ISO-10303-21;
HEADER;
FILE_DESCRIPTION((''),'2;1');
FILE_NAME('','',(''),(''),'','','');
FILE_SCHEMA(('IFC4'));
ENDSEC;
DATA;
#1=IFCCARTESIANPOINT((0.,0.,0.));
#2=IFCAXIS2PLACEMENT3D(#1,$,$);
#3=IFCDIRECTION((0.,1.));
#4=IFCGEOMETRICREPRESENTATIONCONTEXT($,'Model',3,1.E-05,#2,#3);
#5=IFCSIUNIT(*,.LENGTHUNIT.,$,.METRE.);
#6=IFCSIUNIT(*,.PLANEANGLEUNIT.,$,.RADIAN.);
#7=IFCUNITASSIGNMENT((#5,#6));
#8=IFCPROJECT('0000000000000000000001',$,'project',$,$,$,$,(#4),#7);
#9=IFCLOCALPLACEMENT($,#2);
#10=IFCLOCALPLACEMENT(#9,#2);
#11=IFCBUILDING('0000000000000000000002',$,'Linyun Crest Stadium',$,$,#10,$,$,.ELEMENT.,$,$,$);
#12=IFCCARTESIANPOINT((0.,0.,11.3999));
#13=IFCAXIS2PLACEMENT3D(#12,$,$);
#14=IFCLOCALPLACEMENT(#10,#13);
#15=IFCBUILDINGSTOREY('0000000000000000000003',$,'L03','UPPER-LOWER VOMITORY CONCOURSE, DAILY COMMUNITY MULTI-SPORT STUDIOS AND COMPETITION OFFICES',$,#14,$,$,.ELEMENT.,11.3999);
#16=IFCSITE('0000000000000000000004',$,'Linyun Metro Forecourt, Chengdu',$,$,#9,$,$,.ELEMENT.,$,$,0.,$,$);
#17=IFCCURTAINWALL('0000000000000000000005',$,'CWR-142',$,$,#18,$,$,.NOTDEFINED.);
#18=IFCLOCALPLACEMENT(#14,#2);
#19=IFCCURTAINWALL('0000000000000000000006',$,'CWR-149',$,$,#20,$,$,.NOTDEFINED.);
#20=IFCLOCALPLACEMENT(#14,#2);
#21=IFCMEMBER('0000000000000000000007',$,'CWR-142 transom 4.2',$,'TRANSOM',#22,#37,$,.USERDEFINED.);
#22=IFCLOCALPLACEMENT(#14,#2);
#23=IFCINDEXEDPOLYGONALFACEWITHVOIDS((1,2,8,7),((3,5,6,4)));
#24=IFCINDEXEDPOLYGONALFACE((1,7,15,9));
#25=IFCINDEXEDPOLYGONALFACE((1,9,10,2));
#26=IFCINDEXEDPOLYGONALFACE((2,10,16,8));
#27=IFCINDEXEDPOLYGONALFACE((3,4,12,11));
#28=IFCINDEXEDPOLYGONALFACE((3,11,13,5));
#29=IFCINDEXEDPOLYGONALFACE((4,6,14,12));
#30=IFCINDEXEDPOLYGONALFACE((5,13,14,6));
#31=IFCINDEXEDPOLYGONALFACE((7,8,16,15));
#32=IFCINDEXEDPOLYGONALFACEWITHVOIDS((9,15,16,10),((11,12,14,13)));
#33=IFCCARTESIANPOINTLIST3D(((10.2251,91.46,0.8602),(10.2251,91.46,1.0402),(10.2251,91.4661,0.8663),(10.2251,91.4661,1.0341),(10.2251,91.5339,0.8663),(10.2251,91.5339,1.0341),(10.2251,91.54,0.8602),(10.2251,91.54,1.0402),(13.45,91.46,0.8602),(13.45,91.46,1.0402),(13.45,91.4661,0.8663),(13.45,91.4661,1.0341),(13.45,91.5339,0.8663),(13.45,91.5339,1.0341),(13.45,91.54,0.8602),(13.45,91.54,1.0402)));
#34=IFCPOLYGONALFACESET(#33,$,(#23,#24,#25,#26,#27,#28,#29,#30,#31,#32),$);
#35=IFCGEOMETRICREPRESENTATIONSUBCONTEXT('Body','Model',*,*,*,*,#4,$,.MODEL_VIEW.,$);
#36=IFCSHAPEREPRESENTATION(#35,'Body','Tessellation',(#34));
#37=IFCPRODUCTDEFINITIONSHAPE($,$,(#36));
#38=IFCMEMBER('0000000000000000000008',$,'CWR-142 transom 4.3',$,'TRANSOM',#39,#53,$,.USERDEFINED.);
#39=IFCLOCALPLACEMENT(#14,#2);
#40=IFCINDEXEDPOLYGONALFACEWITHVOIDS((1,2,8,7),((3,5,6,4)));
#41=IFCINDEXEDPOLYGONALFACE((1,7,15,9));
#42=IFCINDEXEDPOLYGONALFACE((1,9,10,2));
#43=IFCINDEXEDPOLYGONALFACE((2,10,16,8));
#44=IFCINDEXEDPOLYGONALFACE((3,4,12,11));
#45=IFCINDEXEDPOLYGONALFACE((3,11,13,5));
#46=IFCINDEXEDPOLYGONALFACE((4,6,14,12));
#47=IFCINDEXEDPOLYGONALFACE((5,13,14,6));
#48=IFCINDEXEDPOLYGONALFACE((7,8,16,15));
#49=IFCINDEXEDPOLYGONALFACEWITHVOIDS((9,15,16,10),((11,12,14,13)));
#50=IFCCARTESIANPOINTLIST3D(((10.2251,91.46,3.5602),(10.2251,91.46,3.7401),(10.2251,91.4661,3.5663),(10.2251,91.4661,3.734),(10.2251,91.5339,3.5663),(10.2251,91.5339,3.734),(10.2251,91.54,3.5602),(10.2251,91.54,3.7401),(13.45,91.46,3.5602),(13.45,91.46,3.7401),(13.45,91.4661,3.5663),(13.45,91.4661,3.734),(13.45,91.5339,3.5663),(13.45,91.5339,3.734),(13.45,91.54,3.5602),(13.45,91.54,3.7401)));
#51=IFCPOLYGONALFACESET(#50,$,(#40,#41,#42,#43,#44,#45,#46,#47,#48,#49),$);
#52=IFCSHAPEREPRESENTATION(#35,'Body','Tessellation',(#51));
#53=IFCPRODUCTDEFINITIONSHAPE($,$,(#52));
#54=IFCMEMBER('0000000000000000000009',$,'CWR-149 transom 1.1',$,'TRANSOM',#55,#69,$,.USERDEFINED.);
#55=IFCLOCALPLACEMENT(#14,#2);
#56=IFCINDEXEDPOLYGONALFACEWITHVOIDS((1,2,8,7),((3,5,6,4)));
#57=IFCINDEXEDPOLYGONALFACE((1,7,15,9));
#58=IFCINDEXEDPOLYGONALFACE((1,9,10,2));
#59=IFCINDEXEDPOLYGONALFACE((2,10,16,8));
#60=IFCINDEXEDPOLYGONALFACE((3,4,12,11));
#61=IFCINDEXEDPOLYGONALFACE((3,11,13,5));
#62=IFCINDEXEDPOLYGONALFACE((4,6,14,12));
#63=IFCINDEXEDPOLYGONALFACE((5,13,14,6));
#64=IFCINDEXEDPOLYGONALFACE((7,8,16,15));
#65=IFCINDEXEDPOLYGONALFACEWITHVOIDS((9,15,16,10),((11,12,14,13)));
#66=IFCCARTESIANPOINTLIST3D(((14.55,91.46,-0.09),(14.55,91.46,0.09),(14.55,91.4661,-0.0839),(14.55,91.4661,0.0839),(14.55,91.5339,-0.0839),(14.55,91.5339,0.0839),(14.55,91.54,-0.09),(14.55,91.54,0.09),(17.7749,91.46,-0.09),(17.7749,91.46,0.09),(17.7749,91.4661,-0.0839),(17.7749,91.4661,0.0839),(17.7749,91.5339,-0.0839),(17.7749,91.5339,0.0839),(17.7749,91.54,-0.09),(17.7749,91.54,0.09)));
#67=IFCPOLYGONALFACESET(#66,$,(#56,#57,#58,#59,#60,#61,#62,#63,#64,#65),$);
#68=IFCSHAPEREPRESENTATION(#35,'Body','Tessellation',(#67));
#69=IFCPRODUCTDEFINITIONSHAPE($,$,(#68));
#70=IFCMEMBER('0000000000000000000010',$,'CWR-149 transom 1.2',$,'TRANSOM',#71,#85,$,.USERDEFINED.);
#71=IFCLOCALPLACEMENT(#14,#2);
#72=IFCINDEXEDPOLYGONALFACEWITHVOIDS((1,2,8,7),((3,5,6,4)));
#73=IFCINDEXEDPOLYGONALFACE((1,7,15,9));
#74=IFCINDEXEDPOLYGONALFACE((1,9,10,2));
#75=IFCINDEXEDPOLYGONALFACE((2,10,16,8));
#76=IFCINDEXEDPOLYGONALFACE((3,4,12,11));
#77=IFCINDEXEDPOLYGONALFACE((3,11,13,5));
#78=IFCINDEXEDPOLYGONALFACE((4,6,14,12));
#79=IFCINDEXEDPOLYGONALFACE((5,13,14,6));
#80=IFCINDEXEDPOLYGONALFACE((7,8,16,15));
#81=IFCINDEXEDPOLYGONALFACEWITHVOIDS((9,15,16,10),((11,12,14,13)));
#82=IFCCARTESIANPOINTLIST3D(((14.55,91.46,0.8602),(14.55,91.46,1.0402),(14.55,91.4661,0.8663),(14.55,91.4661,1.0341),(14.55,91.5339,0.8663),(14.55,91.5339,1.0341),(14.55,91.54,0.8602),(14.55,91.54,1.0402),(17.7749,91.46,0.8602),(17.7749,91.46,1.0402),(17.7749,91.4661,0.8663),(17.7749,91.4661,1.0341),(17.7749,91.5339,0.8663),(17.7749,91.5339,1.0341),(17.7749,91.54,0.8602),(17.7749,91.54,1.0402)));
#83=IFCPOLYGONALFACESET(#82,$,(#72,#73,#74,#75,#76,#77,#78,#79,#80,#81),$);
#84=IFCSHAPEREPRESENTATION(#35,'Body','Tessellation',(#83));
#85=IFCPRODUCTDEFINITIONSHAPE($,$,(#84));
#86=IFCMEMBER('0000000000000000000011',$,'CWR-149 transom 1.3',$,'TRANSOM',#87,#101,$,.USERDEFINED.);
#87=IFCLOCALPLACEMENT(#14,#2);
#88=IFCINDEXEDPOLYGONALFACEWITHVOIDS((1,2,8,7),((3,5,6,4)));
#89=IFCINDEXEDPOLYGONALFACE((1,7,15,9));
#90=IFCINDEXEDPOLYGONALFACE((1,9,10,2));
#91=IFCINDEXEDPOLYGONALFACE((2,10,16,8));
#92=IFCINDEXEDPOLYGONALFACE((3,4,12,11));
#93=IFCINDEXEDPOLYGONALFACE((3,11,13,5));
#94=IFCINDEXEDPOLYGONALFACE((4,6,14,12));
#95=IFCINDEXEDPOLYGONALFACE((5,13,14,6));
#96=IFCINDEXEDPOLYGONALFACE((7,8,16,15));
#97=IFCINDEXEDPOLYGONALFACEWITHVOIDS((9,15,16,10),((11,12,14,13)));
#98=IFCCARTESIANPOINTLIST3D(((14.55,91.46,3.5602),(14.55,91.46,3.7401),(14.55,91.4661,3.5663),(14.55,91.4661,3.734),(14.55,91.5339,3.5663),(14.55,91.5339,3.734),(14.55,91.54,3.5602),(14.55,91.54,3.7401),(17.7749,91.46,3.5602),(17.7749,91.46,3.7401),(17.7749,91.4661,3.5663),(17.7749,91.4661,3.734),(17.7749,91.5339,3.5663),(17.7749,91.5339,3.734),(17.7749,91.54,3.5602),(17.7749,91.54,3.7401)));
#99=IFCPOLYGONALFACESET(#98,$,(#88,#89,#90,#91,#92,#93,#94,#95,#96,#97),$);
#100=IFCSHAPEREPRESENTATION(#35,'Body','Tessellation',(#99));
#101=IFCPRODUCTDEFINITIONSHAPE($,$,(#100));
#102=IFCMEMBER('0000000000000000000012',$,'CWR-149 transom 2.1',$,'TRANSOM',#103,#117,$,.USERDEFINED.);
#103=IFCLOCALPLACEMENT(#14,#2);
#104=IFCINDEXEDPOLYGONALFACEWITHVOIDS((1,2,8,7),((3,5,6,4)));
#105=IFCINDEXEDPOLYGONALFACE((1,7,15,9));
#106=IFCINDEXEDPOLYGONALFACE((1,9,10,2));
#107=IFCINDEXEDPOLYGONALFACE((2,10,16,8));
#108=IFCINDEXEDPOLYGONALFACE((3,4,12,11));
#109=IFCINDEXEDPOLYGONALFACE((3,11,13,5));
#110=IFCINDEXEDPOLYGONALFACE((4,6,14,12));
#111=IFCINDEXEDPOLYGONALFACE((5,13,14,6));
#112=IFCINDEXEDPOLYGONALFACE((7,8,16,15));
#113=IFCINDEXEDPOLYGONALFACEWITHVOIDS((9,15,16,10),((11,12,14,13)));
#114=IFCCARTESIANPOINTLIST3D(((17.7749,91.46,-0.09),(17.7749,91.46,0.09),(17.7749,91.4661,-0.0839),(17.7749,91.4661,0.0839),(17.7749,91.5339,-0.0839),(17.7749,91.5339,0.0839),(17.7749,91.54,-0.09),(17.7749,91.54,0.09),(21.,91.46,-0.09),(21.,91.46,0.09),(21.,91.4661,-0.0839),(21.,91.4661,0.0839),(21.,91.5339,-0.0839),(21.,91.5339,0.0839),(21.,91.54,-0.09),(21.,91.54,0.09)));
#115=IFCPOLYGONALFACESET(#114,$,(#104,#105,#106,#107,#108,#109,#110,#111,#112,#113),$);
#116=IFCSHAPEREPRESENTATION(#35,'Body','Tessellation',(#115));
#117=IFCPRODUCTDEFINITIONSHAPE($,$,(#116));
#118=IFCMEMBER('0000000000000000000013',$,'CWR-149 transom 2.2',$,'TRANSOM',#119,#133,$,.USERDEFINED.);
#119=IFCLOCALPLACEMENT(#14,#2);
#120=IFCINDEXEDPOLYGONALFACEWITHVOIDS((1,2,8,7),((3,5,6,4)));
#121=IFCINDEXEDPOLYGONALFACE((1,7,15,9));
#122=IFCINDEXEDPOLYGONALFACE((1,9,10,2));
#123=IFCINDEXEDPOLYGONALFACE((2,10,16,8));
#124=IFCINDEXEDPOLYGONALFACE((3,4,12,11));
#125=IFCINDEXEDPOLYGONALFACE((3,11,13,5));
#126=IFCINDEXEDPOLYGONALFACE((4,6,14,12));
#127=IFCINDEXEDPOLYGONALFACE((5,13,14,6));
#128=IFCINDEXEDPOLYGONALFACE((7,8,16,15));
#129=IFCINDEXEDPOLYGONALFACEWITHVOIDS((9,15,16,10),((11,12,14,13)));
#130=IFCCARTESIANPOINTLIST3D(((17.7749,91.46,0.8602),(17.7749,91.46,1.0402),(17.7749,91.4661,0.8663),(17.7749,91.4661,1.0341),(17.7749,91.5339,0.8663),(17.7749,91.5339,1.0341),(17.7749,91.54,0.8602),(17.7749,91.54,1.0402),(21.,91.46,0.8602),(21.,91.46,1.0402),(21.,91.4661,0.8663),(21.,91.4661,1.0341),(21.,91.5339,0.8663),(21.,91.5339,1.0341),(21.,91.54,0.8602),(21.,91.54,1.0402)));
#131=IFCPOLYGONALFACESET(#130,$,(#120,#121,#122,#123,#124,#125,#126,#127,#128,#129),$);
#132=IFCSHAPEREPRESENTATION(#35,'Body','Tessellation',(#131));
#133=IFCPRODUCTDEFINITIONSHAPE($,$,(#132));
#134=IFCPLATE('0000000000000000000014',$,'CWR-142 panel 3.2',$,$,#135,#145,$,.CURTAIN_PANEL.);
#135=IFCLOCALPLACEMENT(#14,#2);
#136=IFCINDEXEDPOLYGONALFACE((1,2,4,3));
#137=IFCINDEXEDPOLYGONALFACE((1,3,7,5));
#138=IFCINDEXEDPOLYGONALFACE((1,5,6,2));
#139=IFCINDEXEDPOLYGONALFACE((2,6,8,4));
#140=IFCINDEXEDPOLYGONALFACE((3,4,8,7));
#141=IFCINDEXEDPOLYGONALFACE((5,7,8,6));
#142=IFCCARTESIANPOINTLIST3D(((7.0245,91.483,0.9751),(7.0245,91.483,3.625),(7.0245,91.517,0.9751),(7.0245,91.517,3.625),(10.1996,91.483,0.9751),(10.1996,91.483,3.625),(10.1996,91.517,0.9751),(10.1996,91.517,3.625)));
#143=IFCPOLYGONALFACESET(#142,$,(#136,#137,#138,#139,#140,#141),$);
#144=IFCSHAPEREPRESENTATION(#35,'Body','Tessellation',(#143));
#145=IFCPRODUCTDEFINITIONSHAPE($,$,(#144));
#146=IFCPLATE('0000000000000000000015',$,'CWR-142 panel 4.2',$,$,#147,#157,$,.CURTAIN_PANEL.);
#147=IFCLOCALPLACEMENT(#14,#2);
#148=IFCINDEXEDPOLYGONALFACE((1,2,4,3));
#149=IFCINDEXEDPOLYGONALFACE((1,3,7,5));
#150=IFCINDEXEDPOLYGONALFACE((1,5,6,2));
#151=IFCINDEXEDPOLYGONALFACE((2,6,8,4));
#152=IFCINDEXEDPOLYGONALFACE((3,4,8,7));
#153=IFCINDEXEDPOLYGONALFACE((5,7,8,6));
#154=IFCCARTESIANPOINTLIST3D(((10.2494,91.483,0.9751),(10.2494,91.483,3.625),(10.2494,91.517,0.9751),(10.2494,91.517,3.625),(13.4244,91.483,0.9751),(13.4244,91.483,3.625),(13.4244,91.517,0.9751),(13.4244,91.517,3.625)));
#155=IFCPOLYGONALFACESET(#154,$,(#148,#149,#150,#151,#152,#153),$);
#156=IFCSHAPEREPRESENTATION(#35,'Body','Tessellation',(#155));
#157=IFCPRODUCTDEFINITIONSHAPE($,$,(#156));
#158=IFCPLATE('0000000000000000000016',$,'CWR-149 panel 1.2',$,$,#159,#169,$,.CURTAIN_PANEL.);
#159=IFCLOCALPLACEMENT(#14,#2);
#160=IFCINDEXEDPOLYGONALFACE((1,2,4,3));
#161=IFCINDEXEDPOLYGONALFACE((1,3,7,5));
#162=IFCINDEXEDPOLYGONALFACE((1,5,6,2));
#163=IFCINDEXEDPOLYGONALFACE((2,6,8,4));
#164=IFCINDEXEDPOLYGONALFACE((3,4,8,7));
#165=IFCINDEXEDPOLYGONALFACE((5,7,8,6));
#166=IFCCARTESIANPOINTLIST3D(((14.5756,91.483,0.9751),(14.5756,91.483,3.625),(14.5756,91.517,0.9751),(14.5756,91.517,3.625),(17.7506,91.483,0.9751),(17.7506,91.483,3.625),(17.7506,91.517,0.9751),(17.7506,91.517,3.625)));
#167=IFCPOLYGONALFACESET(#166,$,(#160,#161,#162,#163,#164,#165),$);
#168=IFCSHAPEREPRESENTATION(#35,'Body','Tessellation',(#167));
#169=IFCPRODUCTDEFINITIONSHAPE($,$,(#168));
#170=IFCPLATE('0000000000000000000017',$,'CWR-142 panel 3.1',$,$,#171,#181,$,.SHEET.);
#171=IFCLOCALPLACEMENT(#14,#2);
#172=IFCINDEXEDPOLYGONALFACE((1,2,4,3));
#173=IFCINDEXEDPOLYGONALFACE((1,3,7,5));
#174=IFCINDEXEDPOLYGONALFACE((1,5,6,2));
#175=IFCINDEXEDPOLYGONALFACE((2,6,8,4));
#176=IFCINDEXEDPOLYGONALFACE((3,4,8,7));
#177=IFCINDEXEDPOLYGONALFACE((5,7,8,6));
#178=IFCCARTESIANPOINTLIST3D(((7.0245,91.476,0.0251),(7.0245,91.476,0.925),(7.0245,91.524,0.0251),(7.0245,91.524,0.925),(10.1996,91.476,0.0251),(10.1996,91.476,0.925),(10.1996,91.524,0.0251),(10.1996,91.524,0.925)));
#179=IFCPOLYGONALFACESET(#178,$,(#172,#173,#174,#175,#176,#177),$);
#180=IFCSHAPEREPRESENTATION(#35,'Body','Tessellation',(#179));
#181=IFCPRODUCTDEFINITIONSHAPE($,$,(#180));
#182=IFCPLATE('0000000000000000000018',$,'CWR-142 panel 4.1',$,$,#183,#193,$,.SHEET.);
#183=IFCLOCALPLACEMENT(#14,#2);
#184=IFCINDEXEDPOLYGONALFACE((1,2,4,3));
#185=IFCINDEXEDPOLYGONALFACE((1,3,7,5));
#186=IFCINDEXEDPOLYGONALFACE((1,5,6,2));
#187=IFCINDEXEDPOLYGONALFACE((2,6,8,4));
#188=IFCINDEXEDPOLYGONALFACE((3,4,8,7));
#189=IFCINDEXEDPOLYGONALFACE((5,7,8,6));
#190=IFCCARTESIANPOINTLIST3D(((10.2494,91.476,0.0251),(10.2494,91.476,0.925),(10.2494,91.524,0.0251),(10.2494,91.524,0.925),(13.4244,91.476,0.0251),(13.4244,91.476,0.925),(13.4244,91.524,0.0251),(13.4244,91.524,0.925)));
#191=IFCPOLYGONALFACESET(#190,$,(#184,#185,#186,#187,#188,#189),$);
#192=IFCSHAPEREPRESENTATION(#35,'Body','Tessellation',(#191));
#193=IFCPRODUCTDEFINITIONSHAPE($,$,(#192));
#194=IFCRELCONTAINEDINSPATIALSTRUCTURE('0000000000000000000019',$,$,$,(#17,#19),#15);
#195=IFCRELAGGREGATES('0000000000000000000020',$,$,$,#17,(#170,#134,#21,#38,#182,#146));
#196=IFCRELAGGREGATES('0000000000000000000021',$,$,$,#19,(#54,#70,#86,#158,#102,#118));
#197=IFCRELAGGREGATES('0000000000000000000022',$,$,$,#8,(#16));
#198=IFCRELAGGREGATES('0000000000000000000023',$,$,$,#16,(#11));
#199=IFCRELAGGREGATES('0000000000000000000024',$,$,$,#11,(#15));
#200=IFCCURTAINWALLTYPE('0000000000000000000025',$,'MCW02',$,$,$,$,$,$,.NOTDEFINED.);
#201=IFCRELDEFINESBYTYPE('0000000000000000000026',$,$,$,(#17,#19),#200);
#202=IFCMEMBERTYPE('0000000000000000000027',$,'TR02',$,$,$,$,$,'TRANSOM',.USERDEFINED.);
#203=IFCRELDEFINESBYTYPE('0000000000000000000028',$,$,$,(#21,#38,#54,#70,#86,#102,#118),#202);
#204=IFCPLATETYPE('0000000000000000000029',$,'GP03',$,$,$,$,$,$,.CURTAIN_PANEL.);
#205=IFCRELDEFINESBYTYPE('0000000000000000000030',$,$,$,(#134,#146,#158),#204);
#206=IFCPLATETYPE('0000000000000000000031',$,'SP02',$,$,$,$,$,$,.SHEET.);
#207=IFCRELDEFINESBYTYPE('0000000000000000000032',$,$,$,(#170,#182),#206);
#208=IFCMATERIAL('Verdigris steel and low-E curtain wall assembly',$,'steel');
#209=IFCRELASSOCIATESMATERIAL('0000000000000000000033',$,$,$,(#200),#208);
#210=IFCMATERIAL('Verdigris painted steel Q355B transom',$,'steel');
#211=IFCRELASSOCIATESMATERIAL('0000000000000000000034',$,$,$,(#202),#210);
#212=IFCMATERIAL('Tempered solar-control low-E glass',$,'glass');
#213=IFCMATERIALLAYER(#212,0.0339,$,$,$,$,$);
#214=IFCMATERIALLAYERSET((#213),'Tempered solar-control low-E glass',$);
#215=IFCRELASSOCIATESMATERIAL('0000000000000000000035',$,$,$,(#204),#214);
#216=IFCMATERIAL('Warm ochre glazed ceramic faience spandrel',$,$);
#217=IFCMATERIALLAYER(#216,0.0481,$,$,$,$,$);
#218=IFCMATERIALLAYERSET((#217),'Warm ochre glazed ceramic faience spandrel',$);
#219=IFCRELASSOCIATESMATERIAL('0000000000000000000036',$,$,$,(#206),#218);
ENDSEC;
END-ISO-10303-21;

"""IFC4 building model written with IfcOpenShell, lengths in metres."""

from ifc_helpers import new_model, si_unit, direction, frame, origin, origin_2d, place, context, subcontext, project, spatial, rectangle, hollow_rectangle, extrude, material, layer, layer_set, material_profile, profile_set, type_object, element, aggregate, save


model = new_model("IFC4")

# Units and contexts
model_context = context("Model", 3, precision=1e-05, world=origin(), true_north=direction((0.0, 1.0)))
body_context = subcontext(model_context, "Body", "Model", "MODEL_VIEW")
ifc_project = project(units=[si_unit("LENGTHUNIT", "METRE"), si_unit("PLANEANGLEUNIT", "RADIAN")], contexts=[model_context])

# Site, building, storey
site_placement = place(None, origin())
site = spatial("IfcSite", under=ifc_project, at=site_placement, Name="Linyun Metro Forecourt, Chengdu", CompositionType="ELEMENT", RefElevation=0.0)
building_placement = place(site_placement, origin())
building = spatial("IfcBuilding", under=site, at=building_placement, Name="Linyun Crest Stadium", CompositionType="ELEMENT")
storey_placement = place(building_placement, frame((0.0, 0.0, 11.3999)))
storey = spatial("IfcBuildingStorey", under=building, at=storey_placement, Name="L03", Description="UPPER-LOWER VOMITORY CONCOURSE, DAILY COMMUNITY MULTI-SPORT STUDIOS AND COMPETITION OFFICES", CompositionType="ELEMENT", Elevation=11.3999)

# Curtain walls
ifc_material_1 = material(Name="Verdigris steel and low-E curtain wall assembly", Category="steel")
curtain_wall_type = type_object("IfcCurtainWallType", Name="MCW02", PredefinedType="NOTDEFINED", material=ifc_material_1)
curtain_wall_1_placement = place(storey_placement, origin())
curtain_wall_1 = element("IfcCurtainWall", 1, at=curtain_wall_1_placement, inside=storey, type_object=curtain_wall_type, Name="CWR-142", PredefinedType="NOTDEFINED")
curtain_wall_2_placement = place(storey_placement, origin())
curtain_wall_2 = element("IfcCurtainWall", 2, at=curtain_wall_2_placement, inside=storey, type_object=curtain_wall_type, Name="CWR-149", PredefinedType="NOTDEFINED")

# Members
ifc_material_2 = material(Name="Verdigris painted steel Q355B transom", Category="steel")
ifc_material_profile_1 = material_profile(ifc_material_2, hollow_rectangle(XDim=0.0801, YDim=0.1799, WallThickness=0.0061, at=origin_2d()), Name="RHS 180x80x6")
ifc_profile_set_1 = profile_set([ifc_material_profile_1], Name="Verdigris painted steel Q355B transom")
member_type_1 = type_object("IfcMemberType", Name="TR02", ElementType="TRANSOM", PredefinedType="USERDEFINED", material=ifc_profile_set_1)
member_1_placement = place(storey_placement, frame((10.2251, 91.5, 0.9502), z_axis=(1.0, 0.0, 0.0), x_axis=(0.0, 1.0, 0.0)))
member_1 = element("IfcMember", 3, at=member_1_placement, type_object=member_type_1, Name="CWR-142 transom 4.2", ObjectType="TRANSOM", PredefinedType="USERDEFINED", context=body_context, shape_type="SweptSolid", body=[
    extrude(hollow_rectangle(XDim=0.0801, YDim=0.1799, WallThickness=0.0061, at=origin_2d()), origin(), (0.0, 0.0, 1.0), 3.2249),
])
member_2_placement = place(storey_placement, frame((10.2251, 91.5, 3.6501), z_axis=(1.0, 0.0, 0.0), x_axis=(0.0, 1.0, 0.0)))
member_2 = element("IfcMember", 4, at=member_2_placement, type_object=member_type_1, Name="CWR-142 transom 4.3", ObjectType="TRANSOM", PredefinedType="USERDEFINED", context=body_context, shape_type="SweptSolid", body=[
    extrude(hollow_rectangle(XDim=0.0801, YDim=0.1799, WallThickness=0.0061, at=origin_2d()), origin(), (0.0, 0.0, 1.0), 3.2249),
])
member_3_placement = place(storey_placement, frame((14.55, 91.5, 0.0), z_axis=(1.0, 0.0, 0.0), x_axis=(0.0, 1.0, 0.0)))
member_3 = element("IfcMember", 5, at=member_3_placement, type_object=member_type_1, Name="CWR-149 transom 1.1", ObjectType="TRANSOM", PredefinedType="USERDEFINED", context=body_context, shape_type="SweptSolid", body=[
    extrude(hollow_rectangle(XDim=0.0801, YDim=0.1799, WallThickness=0.0061, at=origin_2d()), origin(), (0.0, 0.0, 1.0), 3.2249),
])
member_4_placement = place(storey_placement, frame((14.55, 91.5, 0.9502), z_axis=(1.0, 0.0, 0.0), x_axis=(0.0, 1.0, 0.0)))
member_4 = element("IfcMember", 6, at=member_4_placement, type_object=member_type_1, Name="CWR-149 transom 1.2", ObjectType="TRANSOM", PredefinedType="USERDEFINED", context=body_context, shape_type="SweptSolid", body=[
    extrude(hollow_rectangle(XDim=0.0801, YDim=0.1799, WallThickness=0.0061, at=origin_2d()), origin(), (0.0, 0.0, 1.0), 3.2249),
])
member_5_placement = place(storey_placement, frame((14.55, 91.5, 3.6501), z_axis=(1.0, 0.0, 0.0), x_axis=(0.0, 1.0, 0.0)))
member_5 = element("IfcMember", 7, at=member_5_placement, type_object=member_type_1, Name="CWR-149 transom 1.3", ObjectType="TRANSOM", PredefinedType="USERDEFINED", context=body_context, shape_type="SweptSolid", body=[
    extrude(hollow_rectangle(XDim=0.0801, YDim=0.1799, WallThickness=0.0061, at=origin_2d()), origin(), (0.0, 0.0, 1.0), 3.2249),
])
member_6_placement = place(storey_placement, frame((17.7749, 91.5, 0.0), z_axis=(1.0, 0.0, 0.0), x_axis=(0.0, 1.0, 0.0)))
member_6 = element("IfcMember", 8, at=member_6_placement, type_object=member_type_1, Name="CWR-149 transom 2.1", ObjectType="TRANSOM", PredefinedType="USERDEFINED", context=body_context, shape_type="SweptSolid", body=[
    extrude(hollow_rectangle(XDim=0.0801, YDim=0.1799, WallThickness=0.0061, at=origin_2d()), origin(), (0.0, 0.0, 1.0), 3.2251),
])
member_7_placement = place(storey_placement, frame((17.7749, 91.5, 0.9502), z_axis=(1.0, 0.0, 0.0), x_axis=(0.0, 1.0, 0.0)))
member_7 = element("IfcMember", 9, at=member_7_placement, type_object=member_type_1, Name="CWR-149 transom 2.2", ObjectType="TRANSOM", PredefinedType="USERDEFINED", context=body_context, shape_type="SweptSolid", body=[
    extrude(hollow_rectangle(XDim=0.0801, YDim=0.1799, WallThickness=0.0061, at=origin_2d()), origin(), (0.0, 0.0, 1.0), 3.2251),
])

# Plates
ifc_material_3 = material(Name="Tempered solar-control low-E glass", Category="glass")
ifc_layer_1 = layer(ifc_material_3, 0.0339)
ifc_layer_set_1 = layer_set([ifc_layer_1], Name="Tempered solar-control low-E glass")
plate_type_1 = type_object("IfcPlateType", Name="GP03", PredefinedType="CURTAIN_PANEL", material=ifc_layer_set_1)
plate_1_placement = place(storey_placement, frame((8.6121, 91.5, 0.9751), z_axis=(0.0, 0.0, 1.0), x_axis=(1.0, 0.0, 0.0)))
plate_1 = element("IfcPlate", 10, at=plate_1_placement, type_object=plate_type_1, Name="CWR-142 panel 3.2", PredefinedType="CURTAIN_PANEL", context=body_context, shape_type="SweptSolid", body=[
    extrude(rectangle(XDim=3.175, YDim=0.0339, at=origin_2d()), origin(), (0.0, 0.0, 1.0), 2.6499),
])
plate_2_placement = place(storey_placement, frame((11.8369, 91.5, 0.9751), z_axis=(0.0, 0.0, 1.0), x_axis=(1.0, 0.0, 0.0)))
plate_2 = element("IfcPlate", 11, at=plate_2_placement, type_object=plate_type_1, Name="CWR-142 panel 4.2", PredefinedType="CURTAIN_PANEL", context=body_context, shape_type="SweptSolid", body=[
    extrude(rectangle(XDim=3.175, YDim=0.0339, at=origin_2d()), origin(), (0.0, 0.0, 1.0), 2.6499),
])
plate_3_placement = place(storey_placement, frame((16.1631, 91.5, 0.9751), z_axis=(0.0, 0.0, 1.0), x_axis=(1.0, 0.0, 0.0)))
plate_3 = element("IfcPlate", 12, at=plate_3_placement, type_object=plate_type_1, Name="CWR-149 panel 1.2", PredefinedType="CURTAIN_PANEL", context=body_context, shape_type="SweptSolid", body=[
    extrude(rectangle(XDim=3.175, YDim=0.0339, at=origin_2d()), origin(), (0.0, 0.0, 1.0), 2.6499),
])
ifc_material_4 = material(Name="Warm ochre glazed ceramic faience spandrel")
ifc_layer_2 = layer(ifc_material_4, 0.0481)
ifc_layer_set_2 = layer_set([ifc_layer_2], Name="Warm ochre glazed ceramic faience spandrel")
plate_type_2 = type_object("IfcPlateType", Name="SP02", PredefinedType="SHEET", material=ifc_layer_set_2)
plate_4_placement = place(storey_placement, frame((8.6121, 91.5, 0.0251), z_axis=(0.0, 0.0, 1.0), x_axis=(1.0, 0.0, 0.0)))
plate_4 = element("IfcPlate", 13, at=plate_4_placement, type_object=plate_type_2, Name="CWR-142 panel 3.1", PredefinedType="SHEET", context=body_context, shape_type="SweptSolid", body=[
    extrude(rectangle(XDim=3.175, YDim=0.0481, at=origin_2d()), origin(), (0.0, 0.0, 1.0), 0.8999),
])
plate_5_placement = place(storey_placement, frame((11.8369, 91.5, 0.0251), z_axis=(0.0, 0.0, 1.0), x_axis=(1.0, 0.0, 0.0)))
plate_5 = element("IfcPlate", 14, at=plate_5_placement, type_object=plate_type_2, Name="CWR-142 panel 4.1", PredefinedType="SHEET", context=body_context, shape_type="SweptSolid", body=[
    extrude(rectangle(XDim=3.175, YDim=0.0481, at=origin_2d()), origin(), (0.0, 0.0, 1.0), 0.8999),
])
aggregate(curtain_wall_1, [plate_4, plate_1, member_1, member_2, plate_5, plate_2])
aggregate(curtain_wall_2, [member_3, member_4, member_5, plate_3, member_6, member_7])

save(model, "model.ifc")
